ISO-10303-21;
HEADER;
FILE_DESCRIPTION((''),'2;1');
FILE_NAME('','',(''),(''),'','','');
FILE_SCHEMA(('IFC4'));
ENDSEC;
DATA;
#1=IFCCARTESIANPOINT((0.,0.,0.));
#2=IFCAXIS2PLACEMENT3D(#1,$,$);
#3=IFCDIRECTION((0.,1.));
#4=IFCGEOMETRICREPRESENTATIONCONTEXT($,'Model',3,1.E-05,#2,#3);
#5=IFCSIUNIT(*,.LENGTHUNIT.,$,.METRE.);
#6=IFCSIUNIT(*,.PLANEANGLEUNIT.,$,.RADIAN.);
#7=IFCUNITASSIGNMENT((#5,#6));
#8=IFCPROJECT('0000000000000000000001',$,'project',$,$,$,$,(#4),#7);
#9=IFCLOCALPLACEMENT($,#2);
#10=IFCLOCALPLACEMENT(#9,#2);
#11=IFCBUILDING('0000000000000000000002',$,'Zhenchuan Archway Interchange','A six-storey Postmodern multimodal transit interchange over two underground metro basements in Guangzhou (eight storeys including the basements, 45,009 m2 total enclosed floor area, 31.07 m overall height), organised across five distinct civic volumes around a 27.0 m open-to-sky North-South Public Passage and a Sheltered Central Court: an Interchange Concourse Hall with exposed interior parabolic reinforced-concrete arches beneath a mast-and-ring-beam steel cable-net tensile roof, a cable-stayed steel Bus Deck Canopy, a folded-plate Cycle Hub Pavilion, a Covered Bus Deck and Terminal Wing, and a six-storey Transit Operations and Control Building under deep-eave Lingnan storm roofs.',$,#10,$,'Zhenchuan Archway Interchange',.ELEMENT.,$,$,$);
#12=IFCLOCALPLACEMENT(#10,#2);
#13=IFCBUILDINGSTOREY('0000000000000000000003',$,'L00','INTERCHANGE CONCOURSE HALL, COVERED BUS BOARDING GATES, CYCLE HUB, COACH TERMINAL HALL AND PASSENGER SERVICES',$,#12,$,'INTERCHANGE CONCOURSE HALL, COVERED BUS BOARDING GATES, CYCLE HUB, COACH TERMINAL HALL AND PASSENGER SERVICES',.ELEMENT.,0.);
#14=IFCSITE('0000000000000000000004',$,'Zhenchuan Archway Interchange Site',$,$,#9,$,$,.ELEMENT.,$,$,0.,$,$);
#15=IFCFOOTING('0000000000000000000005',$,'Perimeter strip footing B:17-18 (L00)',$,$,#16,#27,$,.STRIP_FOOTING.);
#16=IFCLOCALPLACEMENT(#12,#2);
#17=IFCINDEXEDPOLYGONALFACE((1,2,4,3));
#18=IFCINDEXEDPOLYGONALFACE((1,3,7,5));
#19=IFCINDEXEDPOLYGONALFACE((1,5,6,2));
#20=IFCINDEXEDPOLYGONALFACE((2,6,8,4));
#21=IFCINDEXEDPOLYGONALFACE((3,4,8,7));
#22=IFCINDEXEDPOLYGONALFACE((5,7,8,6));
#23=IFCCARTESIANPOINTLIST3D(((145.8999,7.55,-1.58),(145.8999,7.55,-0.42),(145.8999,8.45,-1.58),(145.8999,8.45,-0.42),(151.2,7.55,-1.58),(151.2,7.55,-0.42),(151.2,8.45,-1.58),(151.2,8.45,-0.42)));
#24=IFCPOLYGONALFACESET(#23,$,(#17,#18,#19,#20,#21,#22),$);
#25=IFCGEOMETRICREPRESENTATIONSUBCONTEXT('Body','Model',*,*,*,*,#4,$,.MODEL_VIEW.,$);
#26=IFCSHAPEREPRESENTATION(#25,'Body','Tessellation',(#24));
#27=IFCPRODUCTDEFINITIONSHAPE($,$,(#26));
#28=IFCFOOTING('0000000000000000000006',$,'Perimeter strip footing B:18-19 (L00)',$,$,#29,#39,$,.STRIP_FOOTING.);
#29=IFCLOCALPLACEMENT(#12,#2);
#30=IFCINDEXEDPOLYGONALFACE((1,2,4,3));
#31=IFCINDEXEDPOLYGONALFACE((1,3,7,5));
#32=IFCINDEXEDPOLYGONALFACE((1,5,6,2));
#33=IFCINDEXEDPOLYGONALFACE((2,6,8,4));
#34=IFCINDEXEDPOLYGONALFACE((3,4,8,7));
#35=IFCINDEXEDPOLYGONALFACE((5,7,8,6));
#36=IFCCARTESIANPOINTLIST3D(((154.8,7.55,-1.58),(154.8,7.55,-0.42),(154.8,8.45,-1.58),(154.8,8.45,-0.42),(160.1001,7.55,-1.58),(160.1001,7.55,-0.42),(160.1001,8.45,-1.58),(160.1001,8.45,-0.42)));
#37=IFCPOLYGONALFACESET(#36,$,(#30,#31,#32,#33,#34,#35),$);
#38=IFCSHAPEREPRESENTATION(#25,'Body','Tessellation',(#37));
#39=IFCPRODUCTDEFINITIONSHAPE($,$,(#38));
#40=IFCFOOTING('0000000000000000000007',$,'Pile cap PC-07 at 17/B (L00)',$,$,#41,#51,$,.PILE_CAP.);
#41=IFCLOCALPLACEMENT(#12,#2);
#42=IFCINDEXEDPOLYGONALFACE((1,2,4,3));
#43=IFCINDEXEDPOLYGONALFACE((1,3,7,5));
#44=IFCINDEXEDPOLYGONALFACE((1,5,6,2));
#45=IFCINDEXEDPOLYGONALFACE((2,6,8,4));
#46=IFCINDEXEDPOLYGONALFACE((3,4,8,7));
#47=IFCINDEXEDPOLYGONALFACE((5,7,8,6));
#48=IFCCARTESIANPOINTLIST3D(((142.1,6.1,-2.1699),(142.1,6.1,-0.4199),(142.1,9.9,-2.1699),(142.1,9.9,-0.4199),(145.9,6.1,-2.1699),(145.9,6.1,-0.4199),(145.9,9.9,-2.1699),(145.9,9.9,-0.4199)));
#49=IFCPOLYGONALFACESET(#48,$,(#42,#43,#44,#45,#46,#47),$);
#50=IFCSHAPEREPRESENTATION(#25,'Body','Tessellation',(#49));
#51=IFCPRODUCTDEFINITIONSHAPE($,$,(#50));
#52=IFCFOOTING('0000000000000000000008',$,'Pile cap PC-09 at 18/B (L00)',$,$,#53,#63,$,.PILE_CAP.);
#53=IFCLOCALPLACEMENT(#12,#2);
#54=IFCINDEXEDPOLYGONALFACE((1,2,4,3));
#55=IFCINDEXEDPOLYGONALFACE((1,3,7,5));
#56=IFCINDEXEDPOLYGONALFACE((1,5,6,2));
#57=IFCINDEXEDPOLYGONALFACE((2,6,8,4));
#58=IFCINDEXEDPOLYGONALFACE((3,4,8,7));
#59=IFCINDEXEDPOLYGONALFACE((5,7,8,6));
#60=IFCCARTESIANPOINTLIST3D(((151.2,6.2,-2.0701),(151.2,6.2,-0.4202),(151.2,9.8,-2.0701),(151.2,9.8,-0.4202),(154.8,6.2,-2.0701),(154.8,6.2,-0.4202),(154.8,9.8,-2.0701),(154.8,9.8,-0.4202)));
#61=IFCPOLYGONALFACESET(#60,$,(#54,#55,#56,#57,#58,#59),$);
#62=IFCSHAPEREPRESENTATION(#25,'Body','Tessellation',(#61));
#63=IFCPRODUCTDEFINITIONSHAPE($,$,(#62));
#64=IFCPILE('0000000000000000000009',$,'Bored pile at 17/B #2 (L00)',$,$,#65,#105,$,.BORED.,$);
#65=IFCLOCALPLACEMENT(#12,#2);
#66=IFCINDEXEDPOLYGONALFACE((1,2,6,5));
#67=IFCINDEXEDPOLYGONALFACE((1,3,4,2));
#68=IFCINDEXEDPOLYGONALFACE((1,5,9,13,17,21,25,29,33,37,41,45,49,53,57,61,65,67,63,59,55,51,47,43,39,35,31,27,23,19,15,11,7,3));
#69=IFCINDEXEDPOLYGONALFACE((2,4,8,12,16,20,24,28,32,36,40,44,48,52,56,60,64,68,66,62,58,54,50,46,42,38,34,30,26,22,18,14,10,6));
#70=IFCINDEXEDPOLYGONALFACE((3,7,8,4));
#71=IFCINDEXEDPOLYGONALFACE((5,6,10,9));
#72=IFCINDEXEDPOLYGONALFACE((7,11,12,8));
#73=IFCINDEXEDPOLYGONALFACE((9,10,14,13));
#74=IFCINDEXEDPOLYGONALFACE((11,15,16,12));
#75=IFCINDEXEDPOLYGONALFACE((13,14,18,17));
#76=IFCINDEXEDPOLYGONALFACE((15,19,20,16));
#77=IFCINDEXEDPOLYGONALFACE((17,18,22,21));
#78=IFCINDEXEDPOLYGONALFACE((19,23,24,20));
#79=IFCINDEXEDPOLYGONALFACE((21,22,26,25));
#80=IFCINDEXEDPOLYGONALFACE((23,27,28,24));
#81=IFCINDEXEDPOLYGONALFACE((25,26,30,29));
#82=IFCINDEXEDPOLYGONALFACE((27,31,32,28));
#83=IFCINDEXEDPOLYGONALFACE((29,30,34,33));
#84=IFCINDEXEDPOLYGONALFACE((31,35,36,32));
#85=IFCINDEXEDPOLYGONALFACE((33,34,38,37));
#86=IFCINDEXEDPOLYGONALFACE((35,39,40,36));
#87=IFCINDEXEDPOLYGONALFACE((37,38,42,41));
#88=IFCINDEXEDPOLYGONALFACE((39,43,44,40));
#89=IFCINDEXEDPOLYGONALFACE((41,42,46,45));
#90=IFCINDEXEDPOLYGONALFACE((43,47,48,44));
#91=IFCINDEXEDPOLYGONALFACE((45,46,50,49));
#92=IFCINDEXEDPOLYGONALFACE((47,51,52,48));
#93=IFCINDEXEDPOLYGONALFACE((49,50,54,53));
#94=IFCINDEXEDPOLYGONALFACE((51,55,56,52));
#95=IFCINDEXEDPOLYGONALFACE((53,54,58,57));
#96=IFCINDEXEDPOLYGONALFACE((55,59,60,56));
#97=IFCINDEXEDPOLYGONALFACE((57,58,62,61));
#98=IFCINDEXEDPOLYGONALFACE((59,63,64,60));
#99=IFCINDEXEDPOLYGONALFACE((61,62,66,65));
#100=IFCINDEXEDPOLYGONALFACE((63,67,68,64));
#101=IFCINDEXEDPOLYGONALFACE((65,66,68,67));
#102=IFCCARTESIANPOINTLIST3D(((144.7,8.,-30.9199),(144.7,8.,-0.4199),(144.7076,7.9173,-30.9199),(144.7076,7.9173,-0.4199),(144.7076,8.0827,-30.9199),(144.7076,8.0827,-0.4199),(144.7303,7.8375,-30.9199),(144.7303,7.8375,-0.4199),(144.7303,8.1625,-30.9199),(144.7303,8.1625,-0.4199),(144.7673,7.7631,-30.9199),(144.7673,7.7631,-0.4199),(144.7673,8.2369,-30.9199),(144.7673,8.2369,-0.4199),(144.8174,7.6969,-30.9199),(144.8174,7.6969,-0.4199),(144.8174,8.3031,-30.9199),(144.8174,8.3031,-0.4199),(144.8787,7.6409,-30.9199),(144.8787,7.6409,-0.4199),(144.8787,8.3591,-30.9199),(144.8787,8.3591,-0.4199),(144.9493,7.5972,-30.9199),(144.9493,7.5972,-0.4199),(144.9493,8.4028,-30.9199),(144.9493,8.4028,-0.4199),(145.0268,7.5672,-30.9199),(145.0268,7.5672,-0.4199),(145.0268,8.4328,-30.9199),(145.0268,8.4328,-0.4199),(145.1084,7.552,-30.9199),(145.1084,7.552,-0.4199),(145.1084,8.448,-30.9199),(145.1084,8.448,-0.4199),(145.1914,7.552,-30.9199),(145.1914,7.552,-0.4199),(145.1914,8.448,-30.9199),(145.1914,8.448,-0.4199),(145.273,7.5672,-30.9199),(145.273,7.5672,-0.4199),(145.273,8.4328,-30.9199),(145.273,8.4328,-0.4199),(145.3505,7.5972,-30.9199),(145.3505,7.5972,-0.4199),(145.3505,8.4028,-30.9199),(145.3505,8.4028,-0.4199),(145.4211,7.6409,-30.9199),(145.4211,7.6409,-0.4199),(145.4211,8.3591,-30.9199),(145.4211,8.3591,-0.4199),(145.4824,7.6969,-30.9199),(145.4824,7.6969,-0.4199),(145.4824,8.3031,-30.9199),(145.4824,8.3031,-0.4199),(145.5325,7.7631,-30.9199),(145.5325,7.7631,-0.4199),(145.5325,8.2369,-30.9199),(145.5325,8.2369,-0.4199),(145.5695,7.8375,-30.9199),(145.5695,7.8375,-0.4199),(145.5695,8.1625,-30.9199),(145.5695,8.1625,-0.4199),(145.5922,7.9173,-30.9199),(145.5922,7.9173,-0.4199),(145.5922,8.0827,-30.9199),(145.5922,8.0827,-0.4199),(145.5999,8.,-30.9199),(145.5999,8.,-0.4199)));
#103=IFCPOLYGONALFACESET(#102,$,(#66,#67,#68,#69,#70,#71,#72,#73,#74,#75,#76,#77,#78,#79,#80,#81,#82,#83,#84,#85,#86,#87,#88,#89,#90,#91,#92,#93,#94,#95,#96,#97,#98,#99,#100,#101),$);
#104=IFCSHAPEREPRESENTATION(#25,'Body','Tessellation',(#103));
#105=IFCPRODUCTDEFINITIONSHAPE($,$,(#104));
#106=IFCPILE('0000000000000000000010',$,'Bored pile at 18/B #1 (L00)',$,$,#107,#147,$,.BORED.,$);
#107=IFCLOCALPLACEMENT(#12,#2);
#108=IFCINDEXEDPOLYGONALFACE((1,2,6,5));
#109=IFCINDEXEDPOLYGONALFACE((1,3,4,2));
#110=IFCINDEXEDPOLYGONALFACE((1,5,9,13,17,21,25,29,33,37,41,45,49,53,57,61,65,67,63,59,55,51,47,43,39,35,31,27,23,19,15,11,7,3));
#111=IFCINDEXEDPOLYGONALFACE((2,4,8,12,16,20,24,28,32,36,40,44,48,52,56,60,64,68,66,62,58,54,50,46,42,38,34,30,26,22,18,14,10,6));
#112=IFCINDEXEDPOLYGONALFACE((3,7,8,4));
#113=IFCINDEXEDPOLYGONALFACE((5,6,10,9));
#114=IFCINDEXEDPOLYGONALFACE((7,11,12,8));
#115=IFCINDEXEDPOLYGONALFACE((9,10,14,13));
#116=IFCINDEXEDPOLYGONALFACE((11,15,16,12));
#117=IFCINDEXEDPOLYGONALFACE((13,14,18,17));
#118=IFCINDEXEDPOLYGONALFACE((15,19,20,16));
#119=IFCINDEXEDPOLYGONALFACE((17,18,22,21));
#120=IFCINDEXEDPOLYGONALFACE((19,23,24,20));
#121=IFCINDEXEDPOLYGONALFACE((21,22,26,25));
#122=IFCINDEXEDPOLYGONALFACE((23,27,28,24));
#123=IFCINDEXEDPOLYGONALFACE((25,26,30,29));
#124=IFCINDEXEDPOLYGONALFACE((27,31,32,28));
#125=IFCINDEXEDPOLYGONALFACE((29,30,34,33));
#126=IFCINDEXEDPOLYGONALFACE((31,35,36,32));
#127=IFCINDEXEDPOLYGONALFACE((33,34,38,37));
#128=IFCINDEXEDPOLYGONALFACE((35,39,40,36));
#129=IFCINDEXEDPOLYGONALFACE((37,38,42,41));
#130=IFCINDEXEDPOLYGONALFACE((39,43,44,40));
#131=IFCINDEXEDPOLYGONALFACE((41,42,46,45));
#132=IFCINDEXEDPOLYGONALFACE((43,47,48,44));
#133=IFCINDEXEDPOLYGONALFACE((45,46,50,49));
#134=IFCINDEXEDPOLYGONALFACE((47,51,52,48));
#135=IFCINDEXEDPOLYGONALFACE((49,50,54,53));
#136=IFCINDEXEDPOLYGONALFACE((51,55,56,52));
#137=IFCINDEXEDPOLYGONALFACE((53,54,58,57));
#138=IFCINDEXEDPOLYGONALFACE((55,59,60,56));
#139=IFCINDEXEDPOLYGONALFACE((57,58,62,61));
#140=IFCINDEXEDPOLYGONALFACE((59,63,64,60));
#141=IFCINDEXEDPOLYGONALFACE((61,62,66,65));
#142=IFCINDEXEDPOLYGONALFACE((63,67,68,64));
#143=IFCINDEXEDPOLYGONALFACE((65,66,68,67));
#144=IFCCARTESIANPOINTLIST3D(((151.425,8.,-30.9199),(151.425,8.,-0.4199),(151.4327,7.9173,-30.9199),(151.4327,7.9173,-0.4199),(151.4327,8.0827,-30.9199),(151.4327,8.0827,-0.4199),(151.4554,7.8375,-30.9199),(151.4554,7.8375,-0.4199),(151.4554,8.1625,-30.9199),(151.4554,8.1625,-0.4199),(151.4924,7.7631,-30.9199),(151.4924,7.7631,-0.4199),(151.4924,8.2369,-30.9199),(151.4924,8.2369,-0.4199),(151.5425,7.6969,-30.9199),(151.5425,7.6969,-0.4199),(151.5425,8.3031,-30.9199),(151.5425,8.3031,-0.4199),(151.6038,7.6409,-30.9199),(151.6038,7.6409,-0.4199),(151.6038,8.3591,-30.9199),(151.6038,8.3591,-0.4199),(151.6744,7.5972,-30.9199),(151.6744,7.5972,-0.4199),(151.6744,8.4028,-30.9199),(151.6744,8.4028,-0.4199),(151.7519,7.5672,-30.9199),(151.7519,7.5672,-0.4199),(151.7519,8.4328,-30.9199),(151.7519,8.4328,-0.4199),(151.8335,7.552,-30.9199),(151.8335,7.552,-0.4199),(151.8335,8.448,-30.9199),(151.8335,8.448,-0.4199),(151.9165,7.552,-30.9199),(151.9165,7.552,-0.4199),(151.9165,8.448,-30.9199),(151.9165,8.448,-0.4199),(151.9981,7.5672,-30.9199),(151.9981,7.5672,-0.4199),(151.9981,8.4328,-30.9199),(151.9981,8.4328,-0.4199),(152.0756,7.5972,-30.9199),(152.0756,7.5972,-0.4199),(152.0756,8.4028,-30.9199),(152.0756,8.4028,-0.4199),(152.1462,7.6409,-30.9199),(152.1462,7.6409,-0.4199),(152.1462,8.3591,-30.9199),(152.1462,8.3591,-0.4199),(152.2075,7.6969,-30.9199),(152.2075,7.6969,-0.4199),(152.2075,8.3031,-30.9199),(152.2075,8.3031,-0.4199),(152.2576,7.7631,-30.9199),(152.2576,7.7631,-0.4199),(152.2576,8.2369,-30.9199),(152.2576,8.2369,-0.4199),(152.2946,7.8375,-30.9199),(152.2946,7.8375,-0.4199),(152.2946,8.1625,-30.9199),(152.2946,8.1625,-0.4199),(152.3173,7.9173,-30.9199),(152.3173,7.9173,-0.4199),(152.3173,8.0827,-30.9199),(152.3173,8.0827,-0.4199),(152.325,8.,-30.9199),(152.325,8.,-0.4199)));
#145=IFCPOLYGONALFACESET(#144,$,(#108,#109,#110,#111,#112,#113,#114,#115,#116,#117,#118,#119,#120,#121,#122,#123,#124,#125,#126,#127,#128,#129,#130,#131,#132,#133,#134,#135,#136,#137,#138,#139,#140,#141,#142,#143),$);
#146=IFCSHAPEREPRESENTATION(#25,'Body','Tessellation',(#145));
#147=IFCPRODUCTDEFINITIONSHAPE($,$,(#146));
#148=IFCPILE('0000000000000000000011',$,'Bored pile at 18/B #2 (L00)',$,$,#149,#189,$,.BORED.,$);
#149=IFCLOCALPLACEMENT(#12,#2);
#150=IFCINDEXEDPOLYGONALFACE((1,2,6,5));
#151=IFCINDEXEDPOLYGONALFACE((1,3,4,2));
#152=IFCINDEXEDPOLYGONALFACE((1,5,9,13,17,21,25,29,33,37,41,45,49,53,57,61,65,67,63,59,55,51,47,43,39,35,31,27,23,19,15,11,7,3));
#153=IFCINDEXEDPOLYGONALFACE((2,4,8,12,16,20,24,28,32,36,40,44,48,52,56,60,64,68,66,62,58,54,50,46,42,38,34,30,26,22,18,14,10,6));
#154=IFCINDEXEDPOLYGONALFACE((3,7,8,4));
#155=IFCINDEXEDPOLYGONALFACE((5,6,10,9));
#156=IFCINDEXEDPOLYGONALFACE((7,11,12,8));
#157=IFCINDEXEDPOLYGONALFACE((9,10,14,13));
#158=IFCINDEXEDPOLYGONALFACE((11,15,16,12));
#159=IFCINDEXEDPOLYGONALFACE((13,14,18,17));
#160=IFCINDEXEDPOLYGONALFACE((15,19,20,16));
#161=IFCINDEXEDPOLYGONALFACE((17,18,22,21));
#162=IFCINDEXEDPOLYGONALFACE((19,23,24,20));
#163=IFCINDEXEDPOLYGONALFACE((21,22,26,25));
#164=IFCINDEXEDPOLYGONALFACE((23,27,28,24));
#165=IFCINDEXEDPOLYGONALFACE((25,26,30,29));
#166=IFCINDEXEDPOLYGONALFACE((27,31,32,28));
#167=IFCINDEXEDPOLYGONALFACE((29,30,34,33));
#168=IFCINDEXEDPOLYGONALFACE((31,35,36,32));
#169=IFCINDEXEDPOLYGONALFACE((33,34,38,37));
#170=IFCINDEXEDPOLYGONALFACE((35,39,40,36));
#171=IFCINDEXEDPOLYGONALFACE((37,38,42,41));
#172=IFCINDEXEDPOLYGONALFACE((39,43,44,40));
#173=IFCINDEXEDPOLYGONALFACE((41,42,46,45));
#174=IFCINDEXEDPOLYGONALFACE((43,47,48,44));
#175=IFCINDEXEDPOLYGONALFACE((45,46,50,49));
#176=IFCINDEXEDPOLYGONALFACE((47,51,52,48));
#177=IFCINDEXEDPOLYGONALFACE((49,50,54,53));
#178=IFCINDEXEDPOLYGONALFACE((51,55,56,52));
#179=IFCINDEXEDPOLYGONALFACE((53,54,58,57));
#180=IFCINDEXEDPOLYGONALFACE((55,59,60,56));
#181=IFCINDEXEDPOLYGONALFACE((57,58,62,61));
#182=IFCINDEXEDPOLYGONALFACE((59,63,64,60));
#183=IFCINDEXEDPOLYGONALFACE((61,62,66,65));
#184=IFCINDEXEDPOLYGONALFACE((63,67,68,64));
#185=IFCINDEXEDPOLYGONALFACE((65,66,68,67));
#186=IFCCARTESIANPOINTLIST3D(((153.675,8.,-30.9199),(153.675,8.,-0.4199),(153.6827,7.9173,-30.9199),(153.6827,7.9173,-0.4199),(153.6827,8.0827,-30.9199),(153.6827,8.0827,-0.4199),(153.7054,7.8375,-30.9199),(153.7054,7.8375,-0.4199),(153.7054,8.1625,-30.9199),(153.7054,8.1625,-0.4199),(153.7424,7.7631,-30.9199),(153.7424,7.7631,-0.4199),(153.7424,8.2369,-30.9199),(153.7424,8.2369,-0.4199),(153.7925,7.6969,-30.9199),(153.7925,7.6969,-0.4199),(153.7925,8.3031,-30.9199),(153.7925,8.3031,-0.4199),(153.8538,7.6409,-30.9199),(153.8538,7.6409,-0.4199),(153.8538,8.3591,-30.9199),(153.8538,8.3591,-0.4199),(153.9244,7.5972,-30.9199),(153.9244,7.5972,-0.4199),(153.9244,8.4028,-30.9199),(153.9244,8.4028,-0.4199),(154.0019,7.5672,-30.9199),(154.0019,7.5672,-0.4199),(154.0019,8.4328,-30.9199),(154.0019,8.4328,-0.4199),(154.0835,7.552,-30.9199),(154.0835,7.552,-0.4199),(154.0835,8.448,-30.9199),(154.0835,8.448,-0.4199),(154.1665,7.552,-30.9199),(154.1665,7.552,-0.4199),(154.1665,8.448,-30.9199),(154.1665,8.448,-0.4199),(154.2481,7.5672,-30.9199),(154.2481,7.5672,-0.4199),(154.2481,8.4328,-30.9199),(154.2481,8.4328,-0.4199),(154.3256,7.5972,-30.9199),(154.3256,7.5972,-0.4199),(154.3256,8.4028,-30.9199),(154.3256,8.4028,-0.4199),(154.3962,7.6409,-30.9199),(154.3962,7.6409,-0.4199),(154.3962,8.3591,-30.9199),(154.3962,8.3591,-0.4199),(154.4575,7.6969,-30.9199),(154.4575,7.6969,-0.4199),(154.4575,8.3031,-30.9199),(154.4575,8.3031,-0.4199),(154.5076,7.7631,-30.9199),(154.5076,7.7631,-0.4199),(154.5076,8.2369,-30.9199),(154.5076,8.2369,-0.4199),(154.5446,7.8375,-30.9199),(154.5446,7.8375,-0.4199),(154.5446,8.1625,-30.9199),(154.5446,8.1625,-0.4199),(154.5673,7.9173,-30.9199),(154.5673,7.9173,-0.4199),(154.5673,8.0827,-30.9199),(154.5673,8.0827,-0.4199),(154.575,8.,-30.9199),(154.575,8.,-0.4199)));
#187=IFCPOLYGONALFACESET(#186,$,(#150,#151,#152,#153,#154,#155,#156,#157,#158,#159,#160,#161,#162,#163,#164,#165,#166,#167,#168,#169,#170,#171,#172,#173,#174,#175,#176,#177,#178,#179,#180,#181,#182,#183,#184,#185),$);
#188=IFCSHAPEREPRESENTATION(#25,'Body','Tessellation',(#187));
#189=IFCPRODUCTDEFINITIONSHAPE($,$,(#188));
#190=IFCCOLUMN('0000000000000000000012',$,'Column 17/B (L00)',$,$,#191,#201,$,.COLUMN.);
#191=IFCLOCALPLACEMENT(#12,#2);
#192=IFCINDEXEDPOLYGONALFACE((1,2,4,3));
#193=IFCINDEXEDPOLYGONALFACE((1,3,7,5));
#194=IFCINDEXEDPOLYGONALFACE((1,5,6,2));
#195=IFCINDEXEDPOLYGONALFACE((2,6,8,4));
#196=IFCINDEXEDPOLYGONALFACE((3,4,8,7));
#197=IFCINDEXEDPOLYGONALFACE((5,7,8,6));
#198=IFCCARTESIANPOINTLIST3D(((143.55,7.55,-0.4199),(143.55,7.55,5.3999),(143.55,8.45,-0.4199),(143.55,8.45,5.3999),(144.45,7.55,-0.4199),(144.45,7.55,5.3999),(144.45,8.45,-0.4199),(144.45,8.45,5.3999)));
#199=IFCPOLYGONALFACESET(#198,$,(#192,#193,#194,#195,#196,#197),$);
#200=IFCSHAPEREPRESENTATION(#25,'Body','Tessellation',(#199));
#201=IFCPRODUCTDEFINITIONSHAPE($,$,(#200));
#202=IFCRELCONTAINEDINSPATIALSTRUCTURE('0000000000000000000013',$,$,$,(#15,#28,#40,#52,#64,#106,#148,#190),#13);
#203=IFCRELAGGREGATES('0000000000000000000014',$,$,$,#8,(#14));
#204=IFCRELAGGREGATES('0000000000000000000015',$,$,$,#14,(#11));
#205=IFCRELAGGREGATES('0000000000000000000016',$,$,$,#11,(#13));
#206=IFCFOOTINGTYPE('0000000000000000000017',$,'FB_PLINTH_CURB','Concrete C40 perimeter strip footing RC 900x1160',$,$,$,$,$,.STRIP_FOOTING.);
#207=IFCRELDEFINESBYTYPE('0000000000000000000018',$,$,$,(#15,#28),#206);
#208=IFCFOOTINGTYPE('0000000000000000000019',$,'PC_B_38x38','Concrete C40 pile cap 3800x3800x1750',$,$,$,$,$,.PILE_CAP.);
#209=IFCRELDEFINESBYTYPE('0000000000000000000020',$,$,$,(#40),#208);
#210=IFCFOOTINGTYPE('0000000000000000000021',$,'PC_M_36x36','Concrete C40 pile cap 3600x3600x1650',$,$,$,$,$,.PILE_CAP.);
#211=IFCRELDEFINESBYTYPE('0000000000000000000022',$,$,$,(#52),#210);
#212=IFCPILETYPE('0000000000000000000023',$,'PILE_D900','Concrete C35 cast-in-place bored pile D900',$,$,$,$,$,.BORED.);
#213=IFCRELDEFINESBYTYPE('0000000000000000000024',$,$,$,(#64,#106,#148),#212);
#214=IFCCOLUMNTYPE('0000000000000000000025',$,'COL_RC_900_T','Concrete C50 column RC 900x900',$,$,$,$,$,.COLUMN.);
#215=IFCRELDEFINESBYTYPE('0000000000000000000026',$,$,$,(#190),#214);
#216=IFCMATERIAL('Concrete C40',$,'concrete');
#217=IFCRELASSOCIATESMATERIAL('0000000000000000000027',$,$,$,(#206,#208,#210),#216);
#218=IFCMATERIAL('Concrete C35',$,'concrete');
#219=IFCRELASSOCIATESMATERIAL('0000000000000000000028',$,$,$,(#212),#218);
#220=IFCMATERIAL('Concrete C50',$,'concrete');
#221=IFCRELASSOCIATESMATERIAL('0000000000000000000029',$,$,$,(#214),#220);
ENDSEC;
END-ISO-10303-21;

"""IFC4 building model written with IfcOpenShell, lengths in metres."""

from ifc_helpers import new_model, si_unit, direction, frame, origin, origin_2d, place, context, subcontext, project, spatial, rectangle, circle, extrude, material, material_profile, profile_set, type_object, element, save


model = new_model("IFC4")

# Units and contexts
model_context = context("Model", 3, precision=1e-05, world=origin(), true_north=direction((0.0, 1.0)))
body_context = subcontext(model_context, "Body", "Model", "MODEL_VIEW")
ifc_project = project(units=[si_unit("LENGTHUNIT", "METRE"), si_unit("PLANEANGLEUNIT", "RADIAN")], contexts=[model_context])

# Site, building, storey
site_placement = place(None, origin())
site = spatial("IfcSite", under=ifc_project, at=site_placement, Name="Zhenchuan Archway Interchange Site", CompositionType="ELEMENT", RefElevation=0.0)
building_placement = place(site_placement, origin())
building = spatial("IfcBuilding", under=site, at=building_placement, Name="Zhenchuan Archway Interchange", Description="A six-storey Postmodern multimodal transit interchange over two underground metro basements in Guangzhou (eight storeys including the basements, 45,009 m2 total enclosed floor area, 31.07 m overall height), organised across five distinct civic volumes around a 27.0 m open-to-sky North-South Public Passage and a Sheltered Central Court: an Interchange Concourse Hall with exposed interior parabolic reinforced-concrete arches beneath a mast-and-ring-beam steel cable-net tensile roof, a cable-stayed steel Bus Deck Canopy, a folded-plate Cycle Hub Pavilion, a Covered Bus Deck and Terminal Wing, and a six-storey Transit Operations and Control Building under deep-eave Lingnan storm roofs.", LongName="Zhenchuan Archway Interchange", CompositionType="ELEMENT")
storey_placement = place(building_placement, origin())
storey = spatial("IfcBuildingStorey", under=building, at=storey_placement, Name="L00", Description="INTERCHANGE CONCOURSE HALL, COVERED BUS BOARDING GATES, CYCLE HUB, COACH TERMINAL HALL AND PASSENGER SERVICES", LongName="INTERCHANGE CONCOURSE HALL, COVERED BUS BOARDING GATES, CYCLE HUB, COACH TERMINAL HALL AND PASSENGER SERVICES", CompositionType="ELEMENT", Elevation=0.0)

# Footings
ifc_material_1 = material(Name="Concrete C40", Category="concrete")
ifc_material_profile_1 = material_profile(ifc_material_1, rectangle(XDim=0.8999, YDim=1.1599, at=origin_2d()), Name="RC 900x1160")
ifc_profile_set_1 = profile_set([ifc_material_profile_1], Name="Concrete C40")
footing_type_1 = type_object("IfcFootingType", Name="FB_PLINTH_CURB", Description="Concrete C40 perimeter strip footing RC 900x1160", PredefinedType="STRIP_FOOTING", material=ifc_profile_set_1)
for number, where, z_axis, x_axis, name in (
    (1, (145.8999, 8.0, -1.0), (1.0, 0.0, 0.0), (0.0, 1.0, 0.0), "Perimeter strip footing B:17-18 (L00)"),
    (2, (154.8, 8.0, -1.0), (1.0, 0.0, 0.0), (0.0, 1.0, 0.0), "Perimeter strip footing B:18-19 (L00)"),
):
    element("IfcFooting", number, at=place(storey_placement, frame(where, z_axis=z_axis, x_axis=x_axis)), inside=storey, type_object=footing_type_1, Name=name, PredefinedType="STRIP_FOOTING", context=body_context, shape_type="SweptSolid", body=[
        extrude(rectangle(XDim=0.8999, YDim=1.1599, at=origin_2d()), origin(), (0.0, 0.0, 1.0), 5.3),
    ])
footing_type_2 = type_object("IfcFootingType", Name="PC_B_38x38", Description="Concrete C40 pile cap 3800x3800x1750", PredefinedType="PILE_CAP", material=ifc_material_1)
footing_1_placement = place(storey_placement, frame((144.0, 8.0, -2.1699), z_axis=(0.0, 0.0, 1.0), x_axis=(1.0, 0.0, 0.0)))
element("IfcFooting", 3, at=footing_1_placement, inside=storey, type_object=footing_type_2, Name="Pile cap PC-07 at 17/B (L00)", PredefinedType="PILE_CAP", context=body_context, shape_type="SweptSolid", body=[
    extrude(rectangle(XDim=3.8, YDim=3.8, at=origin_2d()), origin(), (0.0, 0.0, 1.0), 1.75),
])
footing_type_3 = type_object("IfcFootingType", Name="PC_M_36x36", Description="Concrete C40 pile cap 3600x3600x1650", PredefinedType="PILE_CAP", material=ifc_material_1)
footing_2_placement = place(storey_placement, frame((153.0, 8.0, -2.0701), z_axis=(0.0, 0.0, 1.0), x_axis=(1.0, 0.0, 0.0)))
element("IfcFooting", 4, at=footing_2_placement, inside=storey, type_object=footing_type_3, Name="Pile cap PC-09 at 18/B (L00)", PredefinedType="PILE_CAP", context=body_context, shape_type="SweptSolid", body=[
    extrude(rectangle(XDim=3.6001, YDim=3.6001, at=origin_2d()), origin(), (0.0, 0.0, 1.0), 1.6499),
])

# Piles
ifc_material_2 = material(Name="Concrete C35", Category="concrete")
ifc_material_profile_2 = material_profile(ifc_material_2, circle(Radius=0.45, at=origin_2d()), Name="BORED PILE 900")
ifc_profile_set_2 = profile_set([ifc_material_profile_2], Name="Concrete C35")
pile_type = type_object("IfcPileType", Name="PILE_D900", Description="Concrete C35 cast-in-place bored pile D900", PredefinedType="BORED", material=ifc_profile_set_2)
for number, where, z_axis, x_axis, name in (
    (5, (145.1499, 8.0, -0.4199), (0.0, 0.0, -1.0), (1.0, 0.0, 0.0), "Bored pile at 17/B #2 (L00)"),
    (6, (151.875, 8.0, -0.4199), (0.0, 0.0, -1.0), (1.0, 0.0, 0.0), "Bored pile at 18/B #1 (L00)"),
    (7, (154.125, 8.0, -0.4199), (0.0, 0.0, -1.0), (1.0, 0.0, 0.0), "Bored pile at 18/B #2 (L00)"),
):
    element("IfcPile", number, at=place(storey_placement, frame(where, z_axis=z_axis, x_axis=x_axis)), inside=storey, type_object=pile_type, Name=name, PredefinedType="BORED", context=body_context, shape_type="SweptSolid", body=[
        extrude(circle(Radius=0.45, at=origin_2d()), origin(), (0.0, 0.0, 1.0), 30.5),
    ])

# Column
ifc_material_3 = material(Name="Concrete C50", Category="concrete")
ifc_material_profile_3 = material_profile(ifc_material_3, rectangle(XDim=0.8999, YDim=0.8999, at=origin_2d()), Name="RC 900x900")
ifc_profile_set_3 = profile_set([ifc_material_profile_3], Name="Concrete C50")
column_type = type_object("IfcColumnType", Name="COL_RC_900_T", Description="Concrete C50 column RC 900x900", PredefinedType="COLUMN", material=ifc_profile_set_3)
for number, where, z_axis, x_axis, name in (
    (8, (144.0, 8.0, -0.4199), (0.0, 0.0, 1.0), (1.0, 0.0, 0.0), "Column 17/B (L00)"),
):
    element("IfcColumn", number, at=place(storey_placement, frame(where, z_axis=z_axis, x_axis=x_axis)), inside=storey, type_object=column_type, Name=name, PredefinedType="COLUMN", context=body_context, shape_type="SweptSolid", body=[
        extrude(rectangle(XDim=0.8999, YDim=0.8999, at=origin_2d()), origin(), (0.0, 0.0, 1.0), 5.8198),
    ])

save(model, "model.ifc")
